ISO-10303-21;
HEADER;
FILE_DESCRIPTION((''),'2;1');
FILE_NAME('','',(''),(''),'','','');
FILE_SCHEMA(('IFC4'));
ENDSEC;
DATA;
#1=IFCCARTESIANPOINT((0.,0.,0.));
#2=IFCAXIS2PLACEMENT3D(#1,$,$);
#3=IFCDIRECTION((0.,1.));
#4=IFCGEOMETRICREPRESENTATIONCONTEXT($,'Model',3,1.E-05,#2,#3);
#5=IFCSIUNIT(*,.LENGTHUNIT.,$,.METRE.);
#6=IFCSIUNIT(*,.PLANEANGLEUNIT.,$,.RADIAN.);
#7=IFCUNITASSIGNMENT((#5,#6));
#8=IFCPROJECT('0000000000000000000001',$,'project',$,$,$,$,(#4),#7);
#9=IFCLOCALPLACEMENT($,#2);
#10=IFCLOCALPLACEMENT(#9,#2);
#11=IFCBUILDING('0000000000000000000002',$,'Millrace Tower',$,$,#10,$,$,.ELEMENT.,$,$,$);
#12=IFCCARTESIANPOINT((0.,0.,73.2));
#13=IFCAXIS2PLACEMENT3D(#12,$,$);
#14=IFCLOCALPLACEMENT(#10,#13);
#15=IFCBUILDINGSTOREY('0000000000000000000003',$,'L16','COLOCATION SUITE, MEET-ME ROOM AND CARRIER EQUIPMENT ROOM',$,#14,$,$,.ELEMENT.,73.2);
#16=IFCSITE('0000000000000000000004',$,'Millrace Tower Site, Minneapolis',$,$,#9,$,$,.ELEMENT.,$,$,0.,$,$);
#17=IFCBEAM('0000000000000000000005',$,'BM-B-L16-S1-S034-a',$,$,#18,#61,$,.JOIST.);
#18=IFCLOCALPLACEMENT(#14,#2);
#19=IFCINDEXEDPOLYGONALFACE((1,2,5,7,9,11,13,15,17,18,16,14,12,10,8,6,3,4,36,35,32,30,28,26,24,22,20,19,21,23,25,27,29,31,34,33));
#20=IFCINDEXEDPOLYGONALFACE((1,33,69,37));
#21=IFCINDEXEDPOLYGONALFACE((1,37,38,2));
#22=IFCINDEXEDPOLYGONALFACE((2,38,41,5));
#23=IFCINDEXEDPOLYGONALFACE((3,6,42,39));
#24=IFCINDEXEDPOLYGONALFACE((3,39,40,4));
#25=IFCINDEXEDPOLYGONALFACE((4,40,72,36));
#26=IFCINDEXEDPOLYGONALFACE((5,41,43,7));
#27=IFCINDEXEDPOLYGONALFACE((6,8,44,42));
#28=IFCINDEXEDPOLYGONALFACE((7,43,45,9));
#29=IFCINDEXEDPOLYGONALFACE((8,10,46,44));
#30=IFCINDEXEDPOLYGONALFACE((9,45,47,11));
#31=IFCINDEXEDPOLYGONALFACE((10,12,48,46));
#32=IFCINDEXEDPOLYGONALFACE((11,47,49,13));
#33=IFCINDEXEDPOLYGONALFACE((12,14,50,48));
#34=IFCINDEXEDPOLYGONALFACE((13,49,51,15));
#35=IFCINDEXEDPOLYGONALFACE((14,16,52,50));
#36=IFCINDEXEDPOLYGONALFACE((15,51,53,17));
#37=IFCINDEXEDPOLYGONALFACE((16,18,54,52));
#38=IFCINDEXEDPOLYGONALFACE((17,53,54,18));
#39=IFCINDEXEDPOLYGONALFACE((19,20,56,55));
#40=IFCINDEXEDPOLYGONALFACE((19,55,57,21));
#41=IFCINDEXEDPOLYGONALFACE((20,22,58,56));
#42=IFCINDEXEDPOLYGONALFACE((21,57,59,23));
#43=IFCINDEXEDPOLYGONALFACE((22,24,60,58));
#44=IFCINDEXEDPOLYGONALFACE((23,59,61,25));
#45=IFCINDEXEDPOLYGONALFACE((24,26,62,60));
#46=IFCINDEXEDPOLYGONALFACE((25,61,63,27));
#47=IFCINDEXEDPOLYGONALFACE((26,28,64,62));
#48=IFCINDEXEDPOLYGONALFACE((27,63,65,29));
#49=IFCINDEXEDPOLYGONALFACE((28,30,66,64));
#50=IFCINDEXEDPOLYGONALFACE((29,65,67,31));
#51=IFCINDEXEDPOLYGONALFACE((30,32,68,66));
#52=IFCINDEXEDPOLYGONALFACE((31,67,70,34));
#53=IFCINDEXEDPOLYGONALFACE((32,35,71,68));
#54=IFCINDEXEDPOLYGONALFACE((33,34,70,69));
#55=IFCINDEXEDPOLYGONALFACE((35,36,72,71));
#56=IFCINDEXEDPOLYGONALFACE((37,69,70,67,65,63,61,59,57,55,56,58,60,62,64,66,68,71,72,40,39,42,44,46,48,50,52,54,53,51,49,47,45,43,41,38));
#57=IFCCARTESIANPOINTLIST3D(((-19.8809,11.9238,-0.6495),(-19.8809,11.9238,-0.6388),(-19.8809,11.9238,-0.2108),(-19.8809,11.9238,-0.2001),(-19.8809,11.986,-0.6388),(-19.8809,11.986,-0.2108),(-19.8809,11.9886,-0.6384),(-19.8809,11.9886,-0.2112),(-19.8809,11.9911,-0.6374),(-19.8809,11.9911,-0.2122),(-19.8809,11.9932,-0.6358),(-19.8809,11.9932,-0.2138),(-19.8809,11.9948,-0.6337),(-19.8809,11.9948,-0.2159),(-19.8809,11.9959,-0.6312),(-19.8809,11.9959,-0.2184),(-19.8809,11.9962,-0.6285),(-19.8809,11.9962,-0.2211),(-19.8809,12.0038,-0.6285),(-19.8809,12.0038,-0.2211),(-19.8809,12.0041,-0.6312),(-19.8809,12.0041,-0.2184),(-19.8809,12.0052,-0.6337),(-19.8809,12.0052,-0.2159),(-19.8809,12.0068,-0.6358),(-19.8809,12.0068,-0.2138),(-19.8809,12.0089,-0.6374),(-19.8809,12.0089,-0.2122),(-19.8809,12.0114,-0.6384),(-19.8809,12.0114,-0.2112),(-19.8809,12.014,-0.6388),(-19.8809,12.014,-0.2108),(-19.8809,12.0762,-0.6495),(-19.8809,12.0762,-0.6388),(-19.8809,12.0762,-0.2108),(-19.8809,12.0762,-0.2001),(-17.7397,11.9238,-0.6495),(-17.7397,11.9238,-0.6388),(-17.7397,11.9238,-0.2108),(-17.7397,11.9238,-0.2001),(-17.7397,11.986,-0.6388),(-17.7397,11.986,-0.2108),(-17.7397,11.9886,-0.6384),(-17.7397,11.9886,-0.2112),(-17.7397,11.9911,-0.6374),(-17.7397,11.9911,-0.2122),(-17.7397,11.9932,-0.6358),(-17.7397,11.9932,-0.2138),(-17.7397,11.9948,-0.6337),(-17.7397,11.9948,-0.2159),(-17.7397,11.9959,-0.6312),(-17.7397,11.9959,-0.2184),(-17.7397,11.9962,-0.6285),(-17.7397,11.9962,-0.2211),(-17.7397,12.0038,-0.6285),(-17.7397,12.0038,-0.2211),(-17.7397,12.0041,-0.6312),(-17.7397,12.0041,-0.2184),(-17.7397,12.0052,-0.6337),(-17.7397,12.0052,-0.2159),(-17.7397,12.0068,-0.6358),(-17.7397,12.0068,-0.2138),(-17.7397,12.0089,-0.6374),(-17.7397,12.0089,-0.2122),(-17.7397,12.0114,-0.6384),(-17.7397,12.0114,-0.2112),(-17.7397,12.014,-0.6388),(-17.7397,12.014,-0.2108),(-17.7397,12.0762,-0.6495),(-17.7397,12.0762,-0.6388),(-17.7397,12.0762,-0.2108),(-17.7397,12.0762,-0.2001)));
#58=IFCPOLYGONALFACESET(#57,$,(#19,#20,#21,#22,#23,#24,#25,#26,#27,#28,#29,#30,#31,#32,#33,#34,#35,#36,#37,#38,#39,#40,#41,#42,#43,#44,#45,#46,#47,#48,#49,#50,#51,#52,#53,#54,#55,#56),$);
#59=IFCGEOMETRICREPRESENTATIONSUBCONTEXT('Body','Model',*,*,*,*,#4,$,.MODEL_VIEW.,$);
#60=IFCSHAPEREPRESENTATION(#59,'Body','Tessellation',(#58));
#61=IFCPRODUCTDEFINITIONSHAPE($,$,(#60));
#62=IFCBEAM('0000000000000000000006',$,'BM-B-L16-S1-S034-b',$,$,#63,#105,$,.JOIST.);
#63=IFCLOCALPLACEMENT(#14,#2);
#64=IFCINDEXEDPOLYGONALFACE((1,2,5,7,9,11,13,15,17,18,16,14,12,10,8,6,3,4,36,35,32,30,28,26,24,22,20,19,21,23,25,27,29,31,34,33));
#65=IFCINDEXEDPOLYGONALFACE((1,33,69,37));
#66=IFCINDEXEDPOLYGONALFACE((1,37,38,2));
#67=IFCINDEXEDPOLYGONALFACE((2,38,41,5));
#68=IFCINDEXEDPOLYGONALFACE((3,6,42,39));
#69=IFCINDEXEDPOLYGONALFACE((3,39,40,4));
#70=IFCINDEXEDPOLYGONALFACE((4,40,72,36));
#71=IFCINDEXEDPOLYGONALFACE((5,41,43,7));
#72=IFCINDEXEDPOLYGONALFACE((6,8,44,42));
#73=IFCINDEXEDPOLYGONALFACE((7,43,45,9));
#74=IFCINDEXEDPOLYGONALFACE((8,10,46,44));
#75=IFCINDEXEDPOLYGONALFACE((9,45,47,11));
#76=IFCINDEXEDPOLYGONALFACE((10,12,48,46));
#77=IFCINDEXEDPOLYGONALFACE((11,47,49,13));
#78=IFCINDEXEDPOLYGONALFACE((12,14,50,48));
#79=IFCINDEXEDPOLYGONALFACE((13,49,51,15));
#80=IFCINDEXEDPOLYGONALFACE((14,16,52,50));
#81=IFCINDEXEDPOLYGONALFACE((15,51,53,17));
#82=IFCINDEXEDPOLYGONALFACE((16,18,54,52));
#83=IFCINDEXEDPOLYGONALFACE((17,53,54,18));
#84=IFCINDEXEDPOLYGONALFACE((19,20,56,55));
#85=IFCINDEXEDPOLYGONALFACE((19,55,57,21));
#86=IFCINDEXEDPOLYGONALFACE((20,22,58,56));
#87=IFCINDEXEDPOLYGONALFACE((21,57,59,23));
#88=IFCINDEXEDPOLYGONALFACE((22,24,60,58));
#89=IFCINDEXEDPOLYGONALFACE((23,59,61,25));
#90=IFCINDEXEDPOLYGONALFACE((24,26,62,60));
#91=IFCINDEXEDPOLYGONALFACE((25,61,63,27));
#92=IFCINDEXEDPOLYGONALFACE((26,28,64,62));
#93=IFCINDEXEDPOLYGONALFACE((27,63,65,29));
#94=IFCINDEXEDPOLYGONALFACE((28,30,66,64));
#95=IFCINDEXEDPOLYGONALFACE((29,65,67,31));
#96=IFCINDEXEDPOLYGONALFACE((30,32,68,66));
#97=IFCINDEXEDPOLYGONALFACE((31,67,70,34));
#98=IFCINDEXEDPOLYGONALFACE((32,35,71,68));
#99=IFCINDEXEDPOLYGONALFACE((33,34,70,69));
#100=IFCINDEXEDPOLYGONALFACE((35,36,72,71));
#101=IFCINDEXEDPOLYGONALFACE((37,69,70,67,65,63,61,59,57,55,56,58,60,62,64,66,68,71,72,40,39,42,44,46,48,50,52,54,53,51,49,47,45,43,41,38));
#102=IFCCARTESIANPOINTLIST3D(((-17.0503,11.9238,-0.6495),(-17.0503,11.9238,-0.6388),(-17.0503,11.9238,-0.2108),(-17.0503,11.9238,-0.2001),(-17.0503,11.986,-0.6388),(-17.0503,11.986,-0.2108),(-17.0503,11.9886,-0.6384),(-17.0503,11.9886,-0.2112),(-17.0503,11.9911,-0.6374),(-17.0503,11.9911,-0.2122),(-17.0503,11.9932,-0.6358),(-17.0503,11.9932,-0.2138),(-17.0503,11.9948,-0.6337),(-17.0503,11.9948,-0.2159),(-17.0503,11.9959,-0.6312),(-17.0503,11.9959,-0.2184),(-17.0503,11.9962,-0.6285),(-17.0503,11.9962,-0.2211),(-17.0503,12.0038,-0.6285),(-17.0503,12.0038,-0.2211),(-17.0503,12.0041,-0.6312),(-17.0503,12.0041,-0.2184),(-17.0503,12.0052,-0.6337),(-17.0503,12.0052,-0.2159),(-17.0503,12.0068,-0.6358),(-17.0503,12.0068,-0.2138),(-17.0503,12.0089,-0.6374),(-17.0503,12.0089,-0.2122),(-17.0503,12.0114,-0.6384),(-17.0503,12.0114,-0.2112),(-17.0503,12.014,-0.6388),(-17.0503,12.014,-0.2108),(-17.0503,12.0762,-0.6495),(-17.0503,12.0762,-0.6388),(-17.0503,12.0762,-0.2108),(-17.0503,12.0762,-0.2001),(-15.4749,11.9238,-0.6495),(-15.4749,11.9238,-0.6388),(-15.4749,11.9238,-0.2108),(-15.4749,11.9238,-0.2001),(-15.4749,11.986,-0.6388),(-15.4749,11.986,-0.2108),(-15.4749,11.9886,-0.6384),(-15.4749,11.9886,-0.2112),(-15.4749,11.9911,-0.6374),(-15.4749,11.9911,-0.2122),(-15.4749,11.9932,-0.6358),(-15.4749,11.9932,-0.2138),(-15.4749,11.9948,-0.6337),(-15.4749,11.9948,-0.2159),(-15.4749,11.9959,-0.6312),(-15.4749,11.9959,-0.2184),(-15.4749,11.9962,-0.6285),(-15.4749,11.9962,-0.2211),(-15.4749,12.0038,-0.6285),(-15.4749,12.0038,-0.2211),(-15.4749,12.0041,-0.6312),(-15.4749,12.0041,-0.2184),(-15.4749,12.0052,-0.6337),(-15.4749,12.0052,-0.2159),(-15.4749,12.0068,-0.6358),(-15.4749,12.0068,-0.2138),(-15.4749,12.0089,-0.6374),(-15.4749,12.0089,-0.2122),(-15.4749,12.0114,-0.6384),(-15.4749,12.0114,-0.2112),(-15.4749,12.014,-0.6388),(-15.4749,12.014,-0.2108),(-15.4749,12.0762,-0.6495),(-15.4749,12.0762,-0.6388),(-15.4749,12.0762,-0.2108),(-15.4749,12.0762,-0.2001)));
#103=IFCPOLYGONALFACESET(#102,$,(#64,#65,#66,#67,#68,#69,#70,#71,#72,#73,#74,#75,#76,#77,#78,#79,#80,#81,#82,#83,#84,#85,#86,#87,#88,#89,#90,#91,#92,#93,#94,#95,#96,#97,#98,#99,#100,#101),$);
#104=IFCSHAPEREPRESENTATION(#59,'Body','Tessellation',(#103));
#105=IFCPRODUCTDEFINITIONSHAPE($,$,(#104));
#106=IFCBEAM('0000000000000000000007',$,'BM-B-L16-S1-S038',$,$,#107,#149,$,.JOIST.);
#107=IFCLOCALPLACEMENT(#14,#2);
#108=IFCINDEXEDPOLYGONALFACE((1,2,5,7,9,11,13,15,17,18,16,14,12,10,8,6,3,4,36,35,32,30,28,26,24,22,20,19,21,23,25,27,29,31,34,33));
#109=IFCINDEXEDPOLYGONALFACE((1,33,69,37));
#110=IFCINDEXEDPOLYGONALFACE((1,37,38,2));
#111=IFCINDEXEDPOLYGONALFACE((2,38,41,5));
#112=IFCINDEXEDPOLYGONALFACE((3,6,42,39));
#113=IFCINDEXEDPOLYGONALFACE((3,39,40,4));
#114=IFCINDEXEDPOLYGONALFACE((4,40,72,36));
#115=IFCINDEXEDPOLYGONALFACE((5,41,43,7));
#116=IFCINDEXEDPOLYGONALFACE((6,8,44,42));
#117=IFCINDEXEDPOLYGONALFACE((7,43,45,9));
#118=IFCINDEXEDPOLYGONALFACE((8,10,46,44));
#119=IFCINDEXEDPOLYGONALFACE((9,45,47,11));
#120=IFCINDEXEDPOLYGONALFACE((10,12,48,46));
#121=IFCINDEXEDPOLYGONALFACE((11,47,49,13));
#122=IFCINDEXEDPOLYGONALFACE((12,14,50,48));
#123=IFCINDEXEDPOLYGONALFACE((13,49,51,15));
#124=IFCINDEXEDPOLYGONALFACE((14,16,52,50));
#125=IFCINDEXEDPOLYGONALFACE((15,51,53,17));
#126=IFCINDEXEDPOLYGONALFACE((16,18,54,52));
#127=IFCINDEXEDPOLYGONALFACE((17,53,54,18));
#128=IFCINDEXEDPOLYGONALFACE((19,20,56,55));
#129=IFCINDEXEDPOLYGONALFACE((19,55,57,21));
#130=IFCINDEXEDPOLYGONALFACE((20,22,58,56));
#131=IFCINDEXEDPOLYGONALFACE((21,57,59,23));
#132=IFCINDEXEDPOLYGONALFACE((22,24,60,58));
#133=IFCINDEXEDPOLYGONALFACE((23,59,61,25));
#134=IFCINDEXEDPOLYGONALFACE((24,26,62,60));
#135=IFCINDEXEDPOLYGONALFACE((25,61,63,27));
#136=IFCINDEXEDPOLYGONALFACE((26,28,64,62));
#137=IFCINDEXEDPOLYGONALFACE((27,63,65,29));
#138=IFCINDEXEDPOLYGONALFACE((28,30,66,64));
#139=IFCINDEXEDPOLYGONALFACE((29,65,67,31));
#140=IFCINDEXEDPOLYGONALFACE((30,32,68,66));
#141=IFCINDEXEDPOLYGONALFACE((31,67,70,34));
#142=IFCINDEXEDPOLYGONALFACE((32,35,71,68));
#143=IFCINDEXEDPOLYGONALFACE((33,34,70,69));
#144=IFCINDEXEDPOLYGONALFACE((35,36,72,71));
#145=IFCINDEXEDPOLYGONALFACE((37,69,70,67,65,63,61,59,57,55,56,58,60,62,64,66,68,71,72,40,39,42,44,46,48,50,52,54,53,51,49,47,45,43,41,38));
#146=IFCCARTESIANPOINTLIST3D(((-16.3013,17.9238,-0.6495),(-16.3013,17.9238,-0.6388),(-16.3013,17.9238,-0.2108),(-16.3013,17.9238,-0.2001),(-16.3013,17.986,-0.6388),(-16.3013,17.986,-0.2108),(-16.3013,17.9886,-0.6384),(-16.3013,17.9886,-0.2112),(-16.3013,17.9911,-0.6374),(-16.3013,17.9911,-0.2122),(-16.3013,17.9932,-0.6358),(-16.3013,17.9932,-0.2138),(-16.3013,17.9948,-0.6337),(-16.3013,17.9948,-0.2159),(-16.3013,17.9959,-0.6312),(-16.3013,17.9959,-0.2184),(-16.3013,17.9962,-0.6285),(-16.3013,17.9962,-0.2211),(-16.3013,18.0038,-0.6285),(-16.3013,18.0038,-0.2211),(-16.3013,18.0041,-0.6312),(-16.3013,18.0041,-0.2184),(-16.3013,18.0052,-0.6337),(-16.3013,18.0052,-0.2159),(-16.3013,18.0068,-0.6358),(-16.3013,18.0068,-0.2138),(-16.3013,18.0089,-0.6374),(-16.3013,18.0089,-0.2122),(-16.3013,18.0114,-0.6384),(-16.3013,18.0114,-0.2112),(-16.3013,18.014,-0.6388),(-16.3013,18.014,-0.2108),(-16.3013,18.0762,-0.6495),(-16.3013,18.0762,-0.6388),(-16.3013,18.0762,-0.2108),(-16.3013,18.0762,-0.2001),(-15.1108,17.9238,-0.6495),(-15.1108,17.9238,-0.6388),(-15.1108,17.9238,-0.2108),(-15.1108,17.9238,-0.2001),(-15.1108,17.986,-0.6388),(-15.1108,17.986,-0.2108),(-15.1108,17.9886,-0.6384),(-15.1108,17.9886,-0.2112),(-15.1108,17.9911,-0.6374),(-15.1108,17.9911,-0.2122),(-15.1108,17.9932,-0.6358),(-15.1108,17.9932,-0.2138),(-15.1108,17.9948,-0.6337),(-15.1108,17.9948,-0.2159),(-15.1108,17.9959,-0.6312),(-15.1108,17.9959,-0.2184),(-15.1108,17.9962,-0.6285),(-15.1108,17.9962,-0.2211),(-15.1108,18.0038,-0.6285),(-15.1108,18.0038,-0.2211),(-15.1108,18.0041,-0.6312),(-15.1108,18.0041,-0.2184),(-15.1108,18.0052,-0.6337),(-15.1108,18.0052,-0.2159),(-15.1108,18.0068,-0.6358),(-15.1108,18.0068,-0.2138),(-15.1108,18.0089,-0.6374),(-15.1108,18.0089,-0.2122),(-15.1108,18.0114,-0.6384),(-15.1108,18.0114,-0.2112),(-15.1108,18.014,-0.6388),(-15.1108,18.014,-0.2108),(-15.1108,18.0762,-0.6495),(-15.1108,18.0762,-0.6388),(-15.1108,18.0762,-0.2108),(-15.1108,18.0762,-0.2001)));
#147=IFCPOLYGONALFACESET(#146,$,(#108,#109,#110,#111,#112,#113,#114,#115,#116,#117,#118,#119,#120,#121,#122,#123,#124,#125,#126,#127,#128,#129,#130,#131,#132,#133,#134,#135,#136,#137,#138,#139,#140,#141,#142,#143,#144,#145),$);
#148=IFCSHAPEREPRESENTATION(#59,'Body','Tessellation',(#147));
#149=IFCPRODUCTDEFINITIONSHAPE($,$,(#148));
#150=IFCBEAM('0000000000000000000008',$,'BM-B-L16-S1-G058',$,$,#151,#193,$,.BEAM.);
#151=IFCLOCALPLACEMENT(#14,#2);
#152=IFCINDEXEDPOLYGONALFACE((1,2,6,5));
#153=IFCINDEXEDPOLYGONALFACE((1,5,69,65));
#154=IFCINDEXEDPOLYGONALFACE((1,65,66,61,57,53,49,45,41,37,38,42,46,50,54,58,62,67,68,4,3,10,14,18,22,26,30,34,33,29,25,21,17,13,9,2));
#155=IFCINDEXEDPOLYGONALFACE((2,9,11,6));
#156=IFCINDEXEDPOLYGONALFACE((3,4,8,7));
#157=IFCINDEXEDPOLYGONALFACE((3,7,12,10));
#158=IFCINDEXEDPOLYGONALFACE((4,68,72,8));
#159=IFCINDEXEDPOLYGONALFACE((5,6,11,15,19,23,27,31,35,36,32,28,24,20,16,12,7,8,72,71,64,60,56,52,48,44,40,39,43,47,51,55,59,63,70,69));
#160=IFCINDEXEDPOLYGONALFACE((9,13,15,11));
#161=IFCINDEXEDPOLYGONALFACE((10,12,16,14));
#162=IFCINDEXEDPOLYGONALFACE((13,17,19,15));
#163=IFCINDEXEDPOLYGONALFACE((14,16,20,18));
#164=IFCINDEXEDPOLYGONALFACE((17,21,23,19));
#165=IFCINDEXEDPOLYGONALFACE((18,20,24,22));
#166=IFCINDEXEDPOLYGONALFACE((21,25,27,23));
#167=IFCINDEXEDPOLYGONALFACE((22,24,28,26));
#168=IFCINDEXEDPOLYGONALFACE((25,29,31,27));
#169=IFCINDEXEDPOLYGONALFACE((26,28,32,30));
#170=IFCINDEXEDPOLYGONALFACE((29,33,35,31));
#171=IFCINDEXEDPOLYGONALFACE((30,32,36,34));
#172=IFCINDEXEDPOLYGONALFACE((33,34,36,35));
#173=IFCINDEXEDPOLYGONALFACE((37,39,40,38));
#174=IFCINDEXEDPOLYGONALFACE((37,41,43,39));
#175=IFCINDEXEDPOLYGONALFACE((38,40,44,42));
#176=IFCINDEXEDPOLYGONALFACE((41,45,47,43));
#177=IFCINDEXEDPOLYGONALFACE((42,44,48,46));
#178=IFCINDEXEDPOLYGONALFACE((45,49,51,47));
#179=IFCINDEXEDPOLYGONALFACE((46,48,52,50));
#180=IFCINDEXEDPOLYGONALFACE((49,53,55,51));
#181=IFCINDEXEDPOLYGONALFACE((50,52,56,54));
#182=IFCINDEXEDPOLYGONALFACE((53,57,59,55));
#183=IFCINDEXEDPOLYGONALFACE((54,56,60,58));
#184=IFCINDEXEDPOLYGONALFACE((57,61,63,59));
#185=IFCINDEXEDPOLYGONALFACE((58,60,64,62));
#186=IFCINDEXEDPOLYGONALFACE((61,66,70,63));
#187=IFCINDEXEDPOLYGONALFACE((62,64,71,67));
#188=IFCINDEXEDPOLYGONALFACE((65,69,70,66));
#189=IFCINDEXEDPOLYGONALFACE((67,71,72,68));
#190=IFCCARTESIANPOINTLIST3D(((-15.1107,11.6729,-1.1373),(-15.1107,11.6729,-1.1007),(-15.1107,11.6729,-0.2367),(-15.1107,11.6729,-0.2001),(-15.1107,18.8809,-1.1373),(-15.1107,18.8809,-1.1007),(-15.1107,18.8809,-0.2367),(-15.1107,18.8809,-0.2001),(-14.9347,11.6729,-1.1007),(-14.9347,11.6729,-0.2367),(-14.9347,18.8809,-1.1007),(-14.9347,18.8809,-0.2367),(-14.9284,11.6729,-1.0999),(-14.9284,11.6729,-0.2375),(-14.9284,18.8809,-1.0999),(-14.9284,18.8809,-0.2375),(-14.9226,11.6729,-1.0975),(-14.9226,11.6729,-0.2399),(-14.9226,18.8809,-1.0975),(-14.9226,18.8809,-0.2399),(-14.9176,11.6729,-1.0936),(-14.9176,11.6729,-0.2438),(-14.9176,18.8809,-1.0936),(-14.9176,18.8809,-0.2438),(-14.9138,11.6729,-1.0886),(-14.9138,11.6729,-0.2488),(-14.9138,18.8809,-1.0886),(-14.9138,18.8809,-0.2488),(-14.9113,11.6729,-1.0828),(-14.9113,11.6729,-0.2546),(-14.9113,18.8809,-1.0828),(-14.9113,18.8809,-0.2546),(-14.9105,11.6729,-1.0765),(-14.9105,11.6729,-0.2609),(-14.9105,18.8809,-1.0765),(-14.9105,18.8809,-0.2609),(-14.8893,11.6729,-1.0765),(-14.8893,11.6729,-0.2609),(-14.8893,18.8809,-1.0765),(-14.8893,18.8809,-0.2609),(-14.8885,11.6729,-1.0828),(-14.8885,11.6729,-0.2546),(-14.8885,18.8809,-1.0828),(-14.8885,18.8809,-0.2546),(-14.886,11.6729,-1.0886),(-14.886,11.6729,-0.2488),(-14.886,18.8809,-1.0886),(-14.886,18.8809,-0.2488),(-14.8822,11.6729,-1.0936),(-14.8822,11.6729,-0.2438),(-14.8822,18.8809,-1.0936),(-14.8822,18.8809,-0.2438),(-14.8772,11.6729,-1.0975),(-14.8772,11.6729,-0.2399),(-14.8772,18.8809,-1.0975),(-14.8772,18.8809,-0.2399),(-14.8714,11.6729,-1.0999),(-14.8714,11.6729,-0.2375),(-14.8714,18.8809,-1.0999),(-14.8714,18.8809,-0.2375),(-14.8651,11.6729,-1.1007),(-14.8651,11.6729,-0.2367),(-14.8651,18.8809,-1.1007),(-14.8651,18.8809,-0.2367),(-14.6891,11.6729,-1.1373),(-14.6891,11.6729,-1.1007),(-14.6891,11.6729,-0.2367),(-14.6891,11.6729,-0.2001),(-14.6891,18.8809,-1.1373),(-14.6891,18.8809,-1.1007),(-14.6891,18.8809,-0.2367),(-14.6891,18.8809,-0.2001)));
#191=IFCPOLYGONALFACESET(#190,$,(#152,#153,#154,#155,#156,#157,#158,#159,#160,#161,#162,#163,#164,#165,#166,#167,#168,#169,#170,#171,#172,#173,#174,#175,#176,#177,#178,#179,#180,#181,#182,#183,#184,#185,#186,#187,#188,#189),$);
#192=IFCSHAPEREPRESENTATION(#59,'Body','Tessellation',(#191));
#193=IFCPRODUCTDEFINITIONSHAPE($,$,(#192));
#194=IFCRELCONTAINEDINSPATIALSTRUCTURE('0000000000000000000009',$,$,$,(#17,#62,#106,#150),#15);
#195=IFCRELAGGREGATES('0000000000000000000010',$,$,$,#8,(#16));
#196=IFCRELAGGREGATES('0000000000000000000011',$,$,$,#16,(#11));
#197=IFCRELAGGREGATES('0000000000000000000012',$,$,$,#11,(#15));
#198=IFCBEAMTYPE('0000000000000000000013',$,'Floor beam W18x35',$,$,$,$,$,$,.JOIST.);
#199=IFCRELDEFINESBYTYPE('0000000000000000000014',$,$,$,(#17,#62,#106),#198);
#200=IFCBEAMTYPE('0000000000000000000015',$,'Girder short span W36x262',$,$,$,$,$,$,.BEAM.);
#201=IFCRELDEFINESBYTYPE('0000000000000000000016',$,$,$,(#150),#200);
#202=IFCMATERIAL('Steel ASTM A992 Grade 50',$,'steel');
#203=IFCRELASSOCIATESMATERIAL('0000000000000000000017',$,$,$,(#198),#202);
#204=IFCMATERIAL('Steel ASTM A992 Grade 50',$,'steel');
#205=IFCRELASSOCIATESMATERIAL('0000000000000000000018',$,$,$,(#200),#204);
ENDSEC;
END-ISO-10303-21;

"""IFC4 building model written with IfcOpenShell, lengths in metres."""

from ifc_helpers import new_model, si_unit, direction, frame, origin, origin_2d, place, context, subcontext, project, spatial, i_section, extrude, material, material_profile, profile_set, type_object, element, save


model = new_model("IFC4")

# Units and contexts
model_context = context("Model", 3, precision=1e-05, world=origin(), true_north=direction((0.0, 1.0)))
body_context = subcontext(model_context, "Body", "Model", "MODEL_VIEW")
ifc_project = project(units=[si_unit("LENGTHUNIT", "METRE"), si_unit("PLANEANGLEUNIT", "RADIAN")], contexts=[model_context])

# Site, building, storey
site_placement = place(None, origin())
site = spatial("IfcSite", under=ifc_project, at=site_placement, Name="Millrace Tower Site, Minneapolis", CompositionType="ELEMENT", RefElevation=0.0)
building_placement = place(site_placement, origin())
building = spatial("IfcBuilding", under=site, at=building_placement, Name="Millrace Tower", CompositionType="ELEMENT")
storey_placement = place(building_placement, frame((0.0, 0.0, 73.2)))
storey = spatial("IfcBuildingStorey", under=building, at=storey_placement, Name="L16", Description="COLOCATION SUITE, MEET-ME ROOM AND CARRIER EQUIPMENT ROOM", CompositionType="ELEMENT", Elevation=73.2)

# Beams
ifc_material_1 = material(Name="Steel ASTM A992 Grade 50", Category="steel")
ifc_material_profile_1 = material_profile(ifc_material_1, i_section(OverallWidth=0.1523, OverallDepth=0.4495, WebThickness=0.0076, FlangeThickness=0.0107, FilletRadius=0.0103, at=origin_2d()))
ifc_profile_set_1 = profile_set([ifc_material_profile_1], Name="Steel ASTM A992 Grade 50")
beam_type_1 = type_object("IfcBeamType", Name="Floor beam W18x35", PredefinedType="JOIST", material=ifc_profile_set_1)
beam_1_placement = place(storey_placement, frame((-19.8809, 12.0, -0.4248), z_axis=(1.0, 0.0, 0.0), x_axis=(0.0, 1.0, 0.0)))
element("IfcBeam", 1, at=beam_1_placement, inside=storey, type_object=beam_type_1, Name="BM-B-L16-S1-S034-a", PredefinedType="JOIST", context=body_context, shape_type="SweptSolid", body=[
    extrude(i_section(OverallWidth=0.1523, OverallDepth=0.4495, WebThickness=0.0076, FlangeThickness=0.0107, FilletRadius=0.0103, at=origin_2d()), origin(), (0.0, 0.0, 1.0), 2.1411),
])
beam_2_placement = place(storey_placement, frame((-17.0503, 12.0, -0.4248), z_axis=(1.0, 0.0, 0.0), x_axis=(0.0, 1.0, 0.0)))
element("IfcBeam", 2, at=beam_2_placement, inside=storey, type_object=beam_type_1, Name="BM-B-L16-S1-S034-b", PredefinedType="JOIST", context=body_context, shape_type="SweptSolid", body=[
    extrude(i_section(OverallWidth=0.1523, OverallDepth=0.4495, WebThickness=0.0076, FlangeThickness=0.0107, FilletRadius=0.0103, at=origin_2d()), origin(), (0.0, 0.0, 1.0), 1.5754),
])
beam_3_placement = place(storey_placement, frame((-16.3013, 18.0, -0.4248), z_axis=(1.0, 0.0, 0.0), x_axis=(0.0, 1.0, 0.0)))
element("IfcBeam", 3, at=beam_3_placement, inside=storey, type_object=beam_type_1, Name="BM-B-L16-S1-S038", PredefinedType="JOIST", context=body_context, shape_type="SweptSolid", body=[
    extrude(i_section(OverallWidth=0.1523, OverallDepth=0.4495, WebThickness=0.0076, FlangeThickness=0.0107, FilletRadius=0.0103, at=origin_2d()), origin(), (0.0, 0.0, 1.0), 1.1904),
])
ifc_material_2 = material(Name="Steel ASTM A992 Grade 50", Category="steel")
ifc_material_profile_2 = material_profile(ifc_material_2, i_section(OverallWidth=0.4216, OverallDepth=0.9373, WebThickness=0.0212, FlangeThickness=0.0366, FilletRadius=0.0242, at=origin_2d()))
ifc_profile_set_2 = profile_set([ifc_material_profile_2], Name="Steel ASTM A992 Grade 50")
beam_type_2 = type_object("IfcBeamType", Name="Girder short span W36x262", PredefinedType="BEAM", material=ifc_profile_set_2)
beam_4_placement = place(storey_placement, frame((-14.8999, 11.6729, -0.6687), z_axis=(0.0, 1.0, 0.0), x_axis=(-1.0, 0.0, 0.0)))
element("IfcBeam", 4, at=beam_4_placement, inside=storey, type_object=beam_type_2, Name="BM-B-L16-S1-G058", PredefinedType="BEAM", context=body_context, shape_type="SweptSolid", body=[
    extrude(i_section(OverallWidth=0.4216, OverallDepth=0.9373, WebThickness=0.0212, FlangeThickness=0.0366, FilletRadius=0.0242, at=origin_2d()), origin(), (0.0, 0.0, 1.0), 7.208),
])

save(model, "model.ifc")
